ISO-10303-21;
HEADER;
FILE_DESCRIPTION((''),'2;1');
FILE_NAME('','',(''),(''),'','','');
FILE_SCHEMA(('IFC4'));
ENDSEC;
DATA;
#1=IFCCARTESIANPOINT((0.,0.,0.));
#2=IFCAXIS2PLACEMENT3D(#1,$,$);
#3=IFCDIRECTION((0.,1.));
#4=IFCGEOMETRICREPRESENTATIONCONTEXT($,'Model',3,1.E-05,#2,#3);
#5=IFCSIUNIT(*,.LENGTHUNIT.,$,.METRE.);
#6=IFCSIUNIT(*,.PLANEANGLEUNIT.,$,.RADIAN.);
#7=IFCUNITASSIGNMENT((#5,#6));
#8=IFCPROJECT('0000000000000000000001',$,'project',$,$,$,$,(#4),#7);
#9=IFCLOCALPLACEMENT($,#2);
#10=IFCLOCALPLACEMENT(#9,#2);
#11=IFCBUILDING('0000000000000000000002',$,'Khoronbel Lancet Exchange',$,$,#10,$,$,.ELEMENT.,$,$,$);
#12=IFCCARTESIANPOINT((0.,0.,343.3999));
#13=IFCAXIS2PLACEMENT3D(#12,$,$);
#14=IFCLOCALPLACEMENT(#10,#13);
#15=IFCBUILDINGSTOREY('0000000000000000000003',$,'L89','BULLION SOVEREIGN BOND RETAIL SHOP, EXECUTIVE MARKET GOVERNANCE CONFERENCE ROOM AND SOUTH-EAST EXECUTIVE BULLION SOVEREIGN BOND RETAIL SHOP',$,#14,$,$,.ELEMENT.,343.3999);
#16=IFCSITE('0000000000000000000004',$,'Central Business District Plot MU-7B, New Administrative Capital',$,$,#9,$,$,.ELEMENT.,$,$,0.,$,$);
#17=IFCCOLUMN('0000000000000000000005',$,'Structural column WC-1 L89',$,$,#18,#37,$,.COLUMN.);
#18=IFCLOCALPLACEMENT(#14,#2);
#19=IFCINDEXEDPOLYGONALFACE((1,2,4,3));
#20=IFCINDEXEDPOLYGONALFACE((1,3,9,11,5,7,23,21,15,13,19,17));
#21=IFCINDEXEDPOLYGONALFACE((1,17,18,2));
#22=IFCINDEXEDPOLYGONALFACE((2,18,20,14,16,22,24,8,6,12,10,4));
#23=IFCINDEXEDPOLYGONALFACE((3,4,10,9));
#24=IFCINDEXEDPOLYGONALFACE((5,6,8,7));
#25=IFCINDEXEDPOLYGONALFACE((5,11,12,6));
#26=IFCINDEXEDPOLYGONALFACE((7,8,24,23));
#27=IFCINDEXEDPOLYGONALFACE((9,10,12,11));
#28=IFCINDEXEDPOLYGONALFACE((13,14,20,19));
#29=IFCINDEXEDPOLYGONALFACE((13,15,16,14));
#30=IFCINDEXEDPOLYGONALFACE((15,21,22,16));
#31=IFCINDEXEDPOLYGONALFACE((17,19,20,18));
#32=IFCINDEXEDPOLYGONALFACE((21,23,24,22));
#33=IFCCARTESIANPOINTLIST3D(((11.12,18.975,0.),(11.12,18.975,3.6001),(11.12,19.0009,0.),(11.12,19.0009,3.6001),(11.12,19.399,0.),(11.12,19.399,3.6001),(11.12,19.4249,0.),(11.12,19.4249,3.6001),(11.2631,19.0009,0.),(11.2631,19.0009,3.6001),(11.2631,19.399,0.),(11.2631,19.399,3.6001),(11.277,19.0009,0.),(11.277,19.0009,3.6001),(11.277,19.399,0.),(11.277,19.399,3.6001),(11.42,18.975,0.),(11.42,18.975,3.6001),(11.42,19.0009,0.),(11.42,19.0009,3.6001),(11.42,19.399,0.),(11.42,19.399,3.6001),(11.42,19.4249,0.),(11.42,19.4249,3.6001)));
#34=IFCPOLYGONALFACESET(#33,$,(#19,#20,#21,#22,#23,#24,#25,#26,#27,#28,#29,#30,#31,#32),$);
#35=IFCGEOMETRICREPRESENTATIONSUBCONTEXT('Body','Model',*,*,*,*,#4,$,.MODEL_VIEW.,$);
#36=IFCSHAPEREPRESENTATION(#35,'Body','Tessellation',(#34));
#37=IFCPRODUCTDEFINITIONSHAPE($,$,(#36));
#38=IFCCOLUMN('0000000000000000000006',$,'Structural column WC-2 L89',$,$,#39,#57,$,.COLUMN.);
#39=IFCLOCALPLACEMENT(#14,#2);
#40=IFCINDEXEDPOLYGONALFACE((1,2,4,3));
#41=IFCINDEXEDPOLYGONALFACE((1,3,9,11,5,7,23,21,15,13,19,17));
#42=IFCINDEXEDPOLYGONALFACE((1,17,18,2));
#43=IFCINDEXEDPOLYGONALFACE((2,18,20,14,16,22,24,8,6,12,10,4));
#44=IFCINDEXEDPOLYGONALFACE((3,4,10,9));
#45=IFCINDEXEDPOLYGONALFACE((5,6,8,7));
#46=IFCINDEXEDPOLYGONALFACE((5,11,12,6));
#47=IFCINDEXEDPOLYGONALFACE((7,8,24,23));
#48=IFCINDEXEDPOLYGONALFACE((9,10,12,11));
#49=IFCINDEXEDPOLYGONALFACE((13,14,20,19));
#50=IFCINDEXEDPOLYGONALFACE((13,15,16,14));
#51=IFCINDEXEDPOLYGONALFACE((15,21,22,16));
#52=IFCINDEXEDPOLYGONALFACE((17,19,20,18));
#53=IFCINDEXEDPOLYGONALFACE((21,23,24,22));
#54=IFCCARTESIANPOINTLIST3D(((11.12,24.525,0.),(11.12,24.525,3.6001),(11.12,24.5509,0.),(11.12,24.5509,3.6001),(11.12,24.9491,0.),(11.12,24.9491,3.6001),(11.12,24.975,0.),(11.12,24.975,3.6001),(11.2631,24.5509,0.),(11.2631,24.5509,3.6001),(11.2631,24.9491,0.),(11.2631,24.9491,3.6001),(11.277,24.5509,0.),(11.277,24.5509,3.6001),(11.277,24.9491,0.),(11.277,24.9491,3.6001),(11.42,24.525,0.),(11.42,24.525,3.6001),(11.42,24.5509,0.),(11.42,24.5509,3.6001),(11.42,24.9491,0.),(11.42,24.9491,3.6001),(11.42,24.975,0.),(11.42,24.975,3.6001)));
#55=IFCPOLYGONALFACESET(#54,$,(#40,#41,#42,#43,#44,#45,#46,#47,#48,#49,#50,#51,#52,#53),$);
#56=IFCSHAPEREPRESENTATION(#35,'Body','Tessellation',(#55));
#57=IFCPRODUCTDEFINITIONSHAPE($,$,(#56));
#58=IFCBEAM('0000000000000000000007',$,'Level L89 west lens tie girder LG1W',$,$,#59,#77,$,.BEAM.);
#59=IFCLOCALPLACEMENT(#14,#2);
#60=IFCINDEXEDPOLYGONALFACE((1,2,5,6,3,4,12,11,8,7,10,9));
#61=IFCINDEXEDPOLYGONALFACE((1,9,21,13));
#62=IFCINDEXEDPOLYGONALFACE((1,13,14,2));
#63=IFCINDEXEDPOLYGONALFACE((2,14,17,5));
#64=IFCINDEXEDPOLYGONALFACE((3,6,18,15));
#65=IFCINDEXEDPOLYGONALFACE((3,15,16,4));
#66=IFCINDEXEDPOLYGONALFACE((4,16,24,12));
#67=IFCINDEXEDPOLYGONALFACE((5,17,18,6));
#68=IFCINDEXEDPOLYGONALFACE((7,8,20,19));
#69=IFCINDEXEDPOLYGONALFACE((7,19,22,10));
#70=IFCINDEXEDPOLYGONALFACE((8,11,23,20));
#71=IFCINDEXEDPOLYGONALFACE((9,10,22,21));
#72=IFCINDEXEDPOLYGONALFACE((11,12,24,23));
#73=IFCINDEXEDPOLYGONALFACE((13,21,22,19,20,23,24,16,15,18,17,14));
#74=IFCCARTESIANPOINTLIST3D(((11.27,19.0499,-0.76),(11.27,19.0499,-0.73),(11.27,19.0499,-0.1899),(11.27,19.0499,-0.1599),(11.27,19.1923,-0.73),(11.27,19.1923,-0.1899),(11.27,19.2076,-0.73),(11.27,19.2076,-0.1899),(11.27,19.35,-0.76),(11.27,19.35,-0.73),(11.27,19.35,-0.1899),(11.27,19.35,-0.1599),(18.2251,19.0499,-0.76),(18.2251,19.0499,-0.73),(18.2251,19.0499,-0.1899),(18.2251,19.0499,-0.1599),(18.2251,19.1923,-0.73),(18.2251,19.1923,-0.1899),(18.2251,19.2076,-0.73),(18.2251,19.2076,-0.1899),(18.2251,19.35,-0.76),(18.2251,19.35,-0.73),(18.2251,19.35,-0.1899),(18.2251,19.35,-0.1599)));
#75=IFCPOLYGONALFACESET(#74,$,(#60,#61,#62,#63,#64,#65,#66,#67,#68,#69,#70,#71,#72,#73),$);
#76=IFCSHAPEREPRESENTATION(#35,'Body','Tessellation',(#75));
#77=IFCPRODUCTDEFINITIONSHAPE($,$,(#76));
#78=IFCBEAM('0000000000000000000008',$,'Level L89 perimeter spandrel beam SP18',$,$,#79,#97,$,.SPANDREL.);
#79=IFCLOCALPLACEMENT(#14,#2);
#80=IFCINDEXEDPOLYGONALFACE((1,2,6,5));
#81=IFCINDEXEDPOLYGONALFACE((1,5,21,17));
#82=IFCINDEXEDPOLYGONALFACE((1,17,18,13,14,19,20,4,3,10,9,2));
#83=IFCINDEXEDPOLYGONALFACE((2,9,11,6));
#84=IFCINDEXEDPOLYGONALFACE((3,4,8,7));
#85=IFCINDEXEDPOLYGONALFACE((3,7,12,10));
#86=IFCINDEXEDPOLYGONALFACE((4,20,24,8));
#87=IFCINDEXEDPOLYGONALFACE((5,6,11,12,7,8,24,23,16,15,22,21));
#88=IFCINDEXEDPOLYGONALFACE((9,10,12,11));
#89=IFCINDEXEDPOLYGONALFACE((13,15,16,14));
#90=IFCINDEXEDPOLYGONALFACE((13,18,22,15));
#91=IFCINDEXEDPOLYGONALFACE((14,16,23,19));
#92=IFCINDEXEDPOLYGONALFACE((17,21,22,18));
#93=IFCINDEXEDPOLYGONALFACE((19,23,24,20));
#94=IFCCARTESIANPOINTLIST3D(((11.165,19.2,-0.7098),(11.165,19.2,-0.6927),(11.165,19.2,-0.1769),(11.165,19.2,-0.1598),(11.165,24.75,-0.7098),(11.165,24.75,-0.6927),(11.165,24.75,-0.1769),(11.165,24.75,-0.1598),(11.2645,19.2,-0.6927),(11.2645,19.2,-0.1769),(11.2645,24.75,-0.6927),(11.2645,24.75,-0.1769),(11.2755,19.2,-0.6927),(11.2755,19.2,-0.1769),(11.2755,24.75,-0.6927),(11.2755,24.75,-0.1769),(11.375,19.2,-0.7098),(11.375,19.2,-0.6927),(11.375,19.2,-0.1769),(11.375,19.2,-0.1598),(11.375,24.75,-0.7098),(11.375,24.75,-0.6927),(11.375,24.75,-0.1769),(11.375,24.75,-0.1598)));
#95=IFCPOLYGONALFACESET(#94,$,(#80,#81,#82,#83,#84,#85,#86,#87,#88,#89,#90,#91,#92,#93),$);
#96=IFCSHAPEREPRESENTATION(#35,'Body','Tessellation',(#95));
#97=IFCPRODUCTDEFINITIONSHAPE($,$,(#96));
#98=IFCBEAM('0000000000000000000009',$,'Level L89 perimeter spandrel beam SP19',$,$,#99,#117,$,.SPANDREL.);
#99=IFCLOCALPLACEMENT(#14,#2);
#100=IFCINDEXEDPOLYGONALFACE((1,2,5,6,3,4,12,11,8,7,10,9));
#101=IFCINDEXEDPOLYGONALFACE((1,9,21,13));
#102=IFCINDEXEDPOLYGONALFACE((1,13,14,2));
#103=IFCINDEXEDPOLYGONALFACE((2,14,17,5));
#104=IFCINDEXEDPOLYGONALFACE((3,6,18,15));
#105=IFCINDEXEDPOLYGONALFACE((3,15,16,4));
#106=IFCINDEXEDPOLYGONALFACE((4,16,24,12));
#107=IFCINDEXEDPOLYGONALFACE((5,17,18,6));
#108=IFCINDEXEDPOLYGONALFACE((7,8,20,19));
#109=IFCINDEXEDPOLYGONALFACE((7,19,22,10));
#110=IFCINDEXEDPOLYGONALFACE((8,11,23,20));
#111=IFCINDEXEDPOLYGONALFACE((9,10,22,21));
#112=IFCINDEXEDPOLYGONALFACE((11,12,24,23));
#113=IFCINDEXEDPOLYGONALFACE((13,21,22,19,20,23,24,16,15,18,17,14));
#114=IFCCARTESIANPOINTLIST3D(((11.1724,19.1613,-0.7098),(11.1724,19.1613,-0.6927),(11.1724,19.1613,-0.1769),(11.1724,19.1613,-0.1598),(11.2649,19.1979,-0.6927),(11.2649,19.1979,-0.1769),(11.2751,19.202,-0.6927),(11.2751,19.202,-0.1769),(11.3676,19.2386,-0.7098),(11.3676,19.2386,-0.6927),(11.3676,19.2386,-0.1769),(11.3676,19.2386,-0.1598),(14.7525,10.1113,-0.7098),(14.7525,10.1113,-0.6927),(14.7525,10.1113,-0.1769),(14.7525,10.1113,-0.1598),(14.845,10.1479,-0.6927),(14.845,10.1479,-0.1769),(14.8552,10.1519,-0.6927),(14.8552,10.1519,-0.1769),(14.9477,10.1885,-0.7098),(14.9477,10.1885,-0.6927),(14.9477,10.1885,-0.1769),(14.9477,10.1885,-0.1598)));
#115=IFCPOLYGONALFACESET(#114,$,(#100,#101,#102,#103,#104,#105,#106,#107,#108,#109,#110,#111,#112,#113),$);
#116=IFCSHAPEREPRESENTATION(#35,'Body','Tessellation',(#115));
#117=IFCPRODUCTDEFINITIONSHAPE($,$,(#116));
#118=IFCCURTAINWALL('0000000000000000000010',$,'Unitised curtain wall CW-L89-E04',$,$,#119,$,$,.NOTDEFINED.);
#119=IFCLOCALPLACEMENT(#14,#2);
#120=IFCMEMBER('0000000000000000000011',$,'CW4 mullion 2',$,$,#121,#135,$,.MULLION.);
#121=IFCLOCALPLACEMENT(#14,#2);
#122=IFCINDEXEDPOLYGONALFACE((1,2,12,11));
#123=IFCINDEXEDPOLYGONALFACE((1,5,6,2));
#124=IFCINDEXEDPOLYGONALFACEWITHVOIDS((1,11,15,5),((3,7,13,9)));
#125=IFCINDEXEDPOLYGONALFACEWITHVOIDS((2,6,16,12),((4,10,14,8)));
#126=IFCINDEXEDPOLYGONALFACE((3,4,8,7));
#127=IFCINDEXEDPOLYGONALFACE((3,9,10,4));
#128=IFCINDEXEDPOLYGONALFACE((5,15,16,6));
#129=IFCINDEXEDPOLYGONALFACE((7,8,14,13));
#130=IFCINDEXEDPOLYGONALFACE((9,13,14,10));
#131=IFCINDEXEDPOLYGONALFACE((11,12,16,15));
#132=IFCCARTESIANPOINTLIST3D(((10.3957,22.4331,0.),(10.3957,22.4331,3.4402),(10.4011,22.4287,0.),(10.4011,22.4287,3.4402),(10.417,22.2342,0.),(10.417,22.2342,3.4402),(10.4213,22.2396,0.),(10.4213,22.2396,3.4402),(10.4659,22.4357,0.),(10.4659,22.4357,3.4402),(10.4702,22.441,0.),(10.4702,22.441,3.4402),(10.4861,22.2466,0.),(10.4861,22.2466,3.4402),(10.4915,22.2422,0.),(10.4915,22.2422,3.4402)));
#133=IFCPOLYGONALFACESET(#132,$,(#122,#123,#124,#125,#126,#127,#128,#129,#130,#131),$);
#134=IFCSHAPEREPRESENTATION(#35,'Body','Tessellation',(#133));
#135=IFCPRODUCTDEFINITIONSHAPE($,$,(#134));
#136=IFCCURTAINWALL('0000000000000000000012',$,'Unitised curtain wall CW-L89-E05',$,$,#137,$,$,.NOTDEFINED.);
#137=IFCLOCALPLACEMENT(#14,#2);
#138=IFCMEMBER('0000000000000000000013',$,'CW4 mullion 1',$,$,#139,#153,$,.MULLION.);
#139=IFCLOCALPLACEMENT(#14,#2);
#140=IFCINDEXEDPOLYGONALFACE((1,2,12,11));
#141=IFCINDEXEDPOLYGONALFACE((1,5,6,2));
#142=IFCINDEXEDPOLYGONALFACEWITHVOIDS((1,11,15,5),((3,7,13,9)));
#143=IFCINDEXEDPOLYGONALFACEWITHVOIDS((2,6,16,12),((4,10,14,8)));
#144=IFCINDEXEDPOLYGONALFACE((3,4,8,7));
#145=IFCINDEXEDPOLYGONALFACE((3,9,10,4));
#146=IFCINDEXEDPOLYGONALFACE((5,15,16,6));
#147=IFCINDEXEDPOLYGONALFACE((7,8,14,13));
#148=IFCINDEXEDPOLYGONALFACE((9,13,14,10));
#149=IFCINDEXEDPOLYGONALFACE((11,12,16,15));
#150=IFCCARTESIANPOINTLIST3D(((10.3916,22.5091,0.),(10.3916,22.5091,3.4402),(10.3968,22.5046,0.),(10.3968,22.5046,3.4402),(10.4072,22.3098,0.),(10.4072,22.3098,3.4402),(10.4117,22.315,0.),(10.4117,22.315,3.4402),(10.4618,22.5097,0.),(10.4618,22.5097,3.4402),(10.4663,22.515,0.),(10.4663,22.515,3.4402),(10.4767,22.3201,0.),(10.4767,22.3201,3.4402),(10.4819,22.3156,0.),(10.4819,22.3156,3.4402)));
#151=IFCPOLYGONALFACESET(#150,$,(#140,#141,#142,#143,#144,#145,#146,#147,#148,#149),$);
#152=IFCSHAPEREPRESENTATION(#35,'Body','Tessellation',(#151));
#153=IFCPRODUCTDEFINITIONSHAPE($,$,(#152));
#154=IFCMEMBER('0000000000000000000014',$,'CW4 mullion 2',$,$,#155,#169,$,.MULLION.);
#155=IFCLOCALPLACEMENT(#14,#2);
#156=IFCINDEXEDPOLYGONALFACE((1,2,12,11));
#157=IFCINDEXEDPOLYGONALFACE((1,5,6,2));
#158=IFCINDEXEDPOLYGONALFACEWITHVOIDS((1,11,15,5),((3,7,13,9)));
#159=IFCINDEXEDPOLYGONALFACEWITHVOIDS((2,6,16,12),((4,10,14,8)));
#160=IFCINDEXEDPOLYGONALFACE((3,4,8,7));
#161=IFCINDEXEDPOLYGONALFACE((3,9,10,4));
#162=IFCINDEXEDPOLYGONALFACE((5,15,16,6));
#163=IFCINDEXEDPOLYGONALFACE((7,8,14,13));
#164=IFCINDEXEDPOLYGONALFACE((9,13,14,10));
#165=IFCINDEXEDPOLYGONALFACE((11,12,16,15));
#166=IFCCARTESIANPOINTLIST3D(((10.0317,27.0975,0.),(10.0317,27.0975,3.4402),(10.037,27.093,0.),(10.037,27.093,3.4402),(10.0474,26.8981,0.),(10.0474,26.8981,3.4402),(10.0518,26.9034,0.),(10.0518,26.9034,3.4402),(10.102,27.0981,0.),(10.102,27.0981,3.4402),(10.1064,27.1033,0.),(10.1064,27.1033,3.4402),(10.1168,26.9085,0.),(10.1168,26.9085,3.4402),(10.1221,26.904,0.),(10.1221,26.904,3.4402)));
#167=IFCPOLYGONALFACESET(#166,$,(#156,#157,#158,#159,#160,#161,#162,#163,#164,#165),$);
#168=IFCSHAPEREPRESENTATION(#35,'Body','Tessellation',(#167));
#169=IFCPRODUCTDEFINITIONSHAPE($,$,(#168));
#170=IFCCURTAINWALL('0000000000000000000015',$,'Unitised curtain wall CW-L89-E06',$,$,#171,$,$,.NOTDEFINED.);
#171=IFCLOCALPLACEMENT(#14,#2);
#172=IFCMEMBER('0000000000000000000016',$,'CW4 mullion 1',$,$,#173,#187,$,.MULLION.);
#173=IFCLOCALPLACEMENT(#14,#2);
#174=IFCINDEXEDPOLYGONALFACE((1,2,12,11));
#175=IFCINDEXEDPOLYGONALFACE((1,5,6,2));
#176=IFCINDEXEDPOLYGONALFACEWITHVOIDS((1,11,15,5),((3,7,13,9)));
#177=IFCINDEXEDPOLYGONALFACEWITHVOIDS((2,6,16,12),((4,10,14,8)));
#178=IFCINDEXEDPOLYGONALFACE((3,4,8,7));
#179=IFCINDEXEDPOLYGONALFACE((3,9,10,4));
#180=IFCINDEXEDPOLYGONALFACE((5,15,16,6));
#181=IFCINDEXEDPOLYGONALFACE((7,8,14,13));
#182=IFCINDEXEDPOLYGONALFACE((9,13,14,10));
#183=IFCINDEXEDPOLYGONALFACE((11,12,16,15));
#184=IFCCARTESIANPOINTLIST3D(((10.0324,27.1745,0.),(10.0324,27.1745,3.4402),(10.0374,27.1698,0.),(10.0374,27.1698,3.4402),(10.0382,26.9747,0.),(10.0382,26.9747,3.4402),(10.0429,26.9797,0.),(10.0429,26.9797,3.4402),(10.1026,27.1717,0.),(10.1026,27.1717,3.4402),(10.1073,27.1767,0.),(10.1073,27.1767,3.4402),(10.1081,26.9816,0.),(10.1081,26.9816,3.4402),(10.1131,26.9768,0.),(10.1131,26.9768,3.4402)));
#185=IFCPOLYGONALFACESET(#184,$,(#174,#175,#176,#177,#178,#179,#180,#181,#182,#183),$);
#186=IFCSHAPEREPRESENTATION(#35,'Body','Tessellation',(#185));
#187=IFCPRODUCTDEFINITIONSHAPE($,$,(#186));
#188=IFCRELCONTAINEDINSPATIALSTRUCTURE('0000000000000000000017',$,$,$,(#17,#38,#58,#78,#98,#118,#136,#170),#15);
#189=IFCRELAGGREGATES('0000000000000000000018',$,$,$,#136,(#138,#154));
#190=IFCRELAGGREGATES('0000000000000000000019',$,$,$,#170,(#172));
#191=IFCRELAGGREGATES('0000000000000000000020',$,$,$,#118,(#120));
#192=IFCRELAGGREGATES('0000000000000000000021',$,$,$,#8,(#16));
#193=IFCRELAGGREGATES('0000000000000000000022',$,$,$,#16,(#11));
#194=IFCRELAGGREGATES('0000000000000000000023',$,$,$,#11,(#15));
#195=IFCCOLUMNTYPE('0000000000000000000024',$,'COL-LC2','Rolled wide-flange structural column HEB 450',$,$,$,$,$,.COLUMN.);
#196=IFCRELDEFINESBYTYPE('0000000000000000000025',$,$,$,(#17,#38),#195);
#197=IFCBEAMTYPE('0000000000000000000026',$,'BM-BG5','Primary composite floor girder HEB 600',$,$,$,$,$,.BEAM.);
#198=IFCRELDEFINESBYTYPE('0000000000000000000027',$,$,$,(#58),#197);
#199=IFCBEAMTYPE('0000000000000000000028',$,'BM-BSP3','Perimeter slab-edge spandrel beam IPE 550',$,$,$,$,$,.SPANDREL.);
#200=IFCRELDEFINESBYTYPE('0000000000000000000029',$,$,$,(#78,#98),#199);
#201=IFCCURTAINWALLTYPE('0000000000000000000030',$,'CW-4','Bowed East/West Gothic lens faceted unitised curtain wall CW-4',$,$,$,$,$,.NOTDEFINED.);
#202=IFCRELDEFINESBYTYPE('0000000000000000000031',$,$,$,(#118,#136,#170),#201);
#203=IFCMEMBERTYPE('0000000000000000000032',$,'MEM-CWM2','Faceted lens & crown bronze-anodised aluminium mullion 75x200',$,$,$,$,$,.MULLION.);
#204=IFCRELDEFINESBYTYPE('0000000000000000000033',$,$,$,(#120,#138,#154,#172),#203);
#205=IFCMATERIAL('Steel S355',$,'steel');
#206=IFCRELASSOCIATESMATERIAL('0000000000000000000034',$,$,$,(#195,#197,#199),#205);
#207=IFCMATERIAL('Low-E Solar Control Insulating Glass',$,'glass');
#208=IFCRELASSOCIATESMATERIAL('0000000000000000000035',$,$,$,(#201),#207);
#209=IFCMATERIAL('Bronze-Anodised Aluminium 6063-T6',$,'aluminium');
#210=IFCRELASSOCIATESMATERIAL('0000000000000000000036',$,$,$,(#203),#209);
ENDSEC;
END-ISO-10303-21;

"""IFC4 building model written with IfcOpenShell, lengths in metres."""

from ifc_helpers import new_model, si_unit, direction, frame, origin, origin_2d, place, context, subcontext, project, spatial, hollow_rectangle, i_section, extrude, material, material_profile, profile_set, type_object, element, aggregate, save


model = new_model("IFC4")

# Units and contexts
model_context = context("Model", 3, precision=1e-05, world=origin(), true_north=direction((0.0, 1.0)))
body_context = subcontext(model_context, "Body", "Model", "MODEL_VIEW")
ifc_project = project(units=[si_unit("LENGTHUNIT", "METRE"), si_unit("PLANEANGLEUNIT", "RADIAN")], contexts=[model_context])

# Site, building, storey
site_placement = place(None, origin())
site = spatial("IfcSite", under=ifc_project, at=site_placement, Name="Central Business District Plot MU-7B, New Administrative Capital", CompositionType="ELEMENT", RefElevation=0.0)
building_placement = place(site_placement, origin())
building = spatial("IfcBuilding", under=site, at=building_placement, Name="Khoronbel Lancet Exchange", CompositionType="ELEMENT")
storey_placement = place(building_placement, frame((0.0, 0.0, 343.3999)))
storey = spatial("IfcBuildingStorey", under=building, at=storey_placement, Name="L89", Description="BULLION SOVEREIGN BOND RETAIL SHOP, EXECUTIVE MARKET GOVERNANCE CONFERENCE ROOM AND SOUTH-EAST EXECUTIVE BULLION SOVEREIGN BOND RETAIL SHOP", CompositionType="ELEMENT", Elevation=343.3999)

# Columns
ifc_material_1 = material(Name="Steel S355", Category="steel")
ifc_material_profile_1 = material_profile(ifc_material_1, i_section(OverallWidth=0.3, OverallDepth=0.45, WebThickness=0.0139, FlangeThickness=0.0259, at=origin_2d()), Name="HEB 450")
ifc_profile_set_1 = profile_set([ifc_material_profile_1], Name="Steel S355")
column_type = type_object("IfcColumnType", Name="COL-LC2", Description="Rolled wide-flange structural column HEB 450", PredefinedType="COLUMN", material=ifc_profile_set_1)
for number, where, z_axis, x_axis, name in (
    (1, (11.27, 19.2, 0.0), (0.0, 0.0, 1.0), (1.0, 0.0, 0.0), "Structural column WC-1 L89"),
    (2, (11.27, 24.75, 0.0), (0.0, 0.0, 1.0), (1.0, 0.0, 0.0), "Structural column WC-2 L89"),
):
    element("IfcColumn", number, at=place(storey_placement, frame(where, z_axis=z_axis, x_axis=x_axis)), inside=storey, type_object=column_type, Name=name, PredefinedType="COLUMN", context=body_context, shape_type="SweptSolid", body=[
        extrude(i_section(OverallWidth=0.3, OverallDepth=0.45, WebThickness=0.0139, FlangeThickness=0.0259, at=origin_2d()), origin(), (0.0, 0.0, 1.0), 3.6001),
    ])

# Beams
ifc_material_profile_2 = material_profile(ifc_material_1, i_section(OverallWidth=0.3, OverallDepth=0.6001, WebThickness=0.0154, FlangeThickness=0.03, at=origin_2d()), Name="HEB 600")
ifc_profile_set_2 = profile_set([ifc_material_profile_2], Name="Steel S355")
beam_type_1 = type_object("IfcBeamType", Name="BM-BG5", Description="Primary composite floor girder HEB 600", PredefinedType="BEAM", material=ifc_profile_set_2)
beam_1_placement = place(storey_placement, frame((11.27, 19.2, -0.46), z_axis=(1.0, 0.0, 0.0), x_axis=(0.0, 1.0, 0.0)))
element("IfcBeam", 3, at=beam_1_placement, inside=storey, type_object=beam_type_1, Name="Level L89 west lens tie girder LG1W", PredefinedType="BEAM", context=body_context, shape_type="SweptSolid", body=[
    extrude(i_section(OverallWidth=0.3, OverallDepth=0.6001, WebThickness=0.0154, FlangeThickness=0.03, at=origin_2d()), origin(), (0.0, 0.0, 1.0), 6.9551),
])
ifc_material_profile_3 = material_profile(ifc_material_1, i_section(OverallWidth=0.21, OverallDepth=0.55, WebThickness=0.011, FlangeThickness=0.0171, at=origin_2d()), Name="IPE 550")
ifc_profile_set_3 = profile_set([ifc_material_profile_3], Name="Steel S355")
beam_type_2 = type_object("IfcBeamType", Name="BM-BSP3", Description="Perimeter slab-edge spandrel beam IPE 550", PredefinedType="SPANDREL", material=ifc_profile_set_3)
beam_2_placement = place(storey_placement, frame((11.27, 24.75, -0.4348), z_axis=(0.0, -1.0, 0.0), x_axis=(1.0, 0.0, 0.0)))
element("IfcBeam", 4, at=beam_2_placement, inside=storey, type_object=beam_type_2, Name="Level L89 perimeter spandrel beam SP18", PredefinedType="SPANDREL", context=body_context, shape_type="SweptSolid", body=[
    extrude(i_section(OverallWidth=0.21, OverallDepth=0.55, WebThickness=0.011, FlangeThickness=0.0171, at=origin_2d()), origin(), (0.0, 0.0, 1.0), 5.55),
])
beam_3_placement = place(storey_placement, frame((11.27, 19.2, -0.4348), z_axis=(0.36785, -0.929885, 0.0), x_axis=(0.929885, 0.36785, 0.0)))
element("IfcBeam", 5, at=beam_3_placement, inside=storey, type_object=beam_type_2, Name="Level L89 perimeter spandrel beam SP19", PredefinedType="SPANDREL", context=body_context, shape_type="SweptSolid", body=[
    extrude(i_section(OverallWidth=0.21, OverallDepth=0.55, WebThickness=0.011, FlangeThickness=0.0171, at=origin_2d()), origin(), (0.0, 0.0, 1.0), 9.7324),
])

# Curtain wall, member
ifc_material_2 = material(Name="Low-E Solar Control Insulating Glass", Category="glass")
curtain_wall_type = type_object("IfcCurtainWallType", Name="CW-4", Description="Bowed East/West Gothic lens faceted unitised curtain wall CW-4", PredefinedType="NOTDEFINED", material=ifc_material_2)
curtain_wall_1_placement = place(storey_placement, origin())
curtain_wall_1 = element("IfcCurtainWall", 6, at=curtain_wall_1_placement, inside=storey, type_object=curtain_wall_type, Name="Unitised curtain wall CW-L89-E04", PredefinedType="NOTDEFINED")
ifc_material_3 = material(Name="Bronze-Anodised Aluminium 6063-T6", Category="aluminium")
ifc_material_profile_4 = material_profile(ifc_material_3, hollow_rectangle(XDim=0.075, YDim=0.2, WallThickness=0.0049, at=origin_2d()), Name="ALU MULLION 75x200")
ifc_profile_set_4 = profile_set([ifc_material_profile_4], Name="Bronze-Anodised Aluminium 6063-T6")
member_type_1 = type_object("IfcMemberType", Name="MEM-CWM2", Description="Faceted lens & crown bronze-anodised aluminium mullion 75x200", PredefinedType="MULLION", material=ifc_profile_set_4)
member_1_placement = place(storey_placement, frame((10.4436, 22.3376, 0.0), z_axis=(0.0, 0.0, 1.0), x_axis=(-0.994309, -0.106538, 0.0)))
member_1 = element("IfcMember", 7, at=member_1_placement, type_object=member_type_1, Name="CW4 mullion 2", PredefinedType="MULLION", context=body_context, shape_type="SweptSolid", body=[
    extrude(hollow_rectangle(XDim=0.075, YDim=0.2, WallThickness=0.0049, at=origin_2d()), origin(), (0.0, 0.0, 1.0), 3.4402),
])

# Curtain walls, members
curtain_wall_2_placement = place(storey_placement, origin())
curtain_wall_2 = element("IfcCurtainWall", 8, at=curtain_wall_2_placement, inside=storey, type_object=curtain_wall_type, Name="Unitised curtain wall CW-L89-E05", PredefinedType="NOTDEFINED")
member_2_placement = place(storey_placement, frame((10.4368, 22.4124, 0.0), z_axis=(0.0, 0.0, 1.0), x_axis=(-0.996939, -0.078184, 0.0)))
member_2 = element("IfcMember", 9, at=member_2_placement, type_object=member_type_1, Name="CW4 mullion 1", PredefinedType="MULLION", context=body_context, shape_type="SweptSolid", body=[
    extrude(hollow_rectangle(XDim=0.075, YDim=0.2, WallThickness=0.0049, at=origin_2d()), origin(), (0.0, 0.0, 1.0), 3.4402),
])
member_3_placement = place(storey_placement, frame((10.0769, 27.0007, 0.0), z_axis=(0.0, 0.0, 1.0), x_axis=(-0.996939, -0.078184, 0.0)))
member_3 = element("IfcMember", 10, at=member_3_placement, type_object=member_type_1, Name="CW4 mullion 2", PredefinedType="MULLION", context=body_context, shape_type="SweptSolid", body=[
    extrude(hollow_rectangle(XDim=0.075, YDim=0.2, WallThickness=0.0049, at=origin_2d()), origin(), (0.0, 0.0, 1.0), 3.4402),
])
curtain_wall_3_placement = place(storey_placement, origin())
curtain_wall_3 = element("IfcCurtainWall", 11, at=curtain_wall_3_placement, inside=storey, type_object=curtain_wall_type, Name="Unitised curtain wall CW-L89-E06", PredefinedType="NOTDEFINED")
member_4_placement = place(storey_placement, frame((10.0728, 27.0757, 0.0), z_axis=(0.0, 0.0, 1.0), x_axis=(-0.999588, -0.02871, 0.0)))
member_4 = element("IfcMember", 12, at=member_4_placement, type_object=member_type_1, Name="CW4 mullion 1", PredefinedType="MULLION", context=body_context, shape_type="SweptSolid", body=[
    extrude(hollow_rectangle(XDim=0.075, YDim=0.2, WallThickness=0.0049, at=origin_2d()), origin(), (0.0, 0.0, 1.0), 3.4402),
])

aggregate(curtain_wall_2, [member_2, member_3])
aggregate(curtain_wall_3, [member_4])
aggregate(curtain_wall_1, [member_1])

save(model, "model.ifc")
